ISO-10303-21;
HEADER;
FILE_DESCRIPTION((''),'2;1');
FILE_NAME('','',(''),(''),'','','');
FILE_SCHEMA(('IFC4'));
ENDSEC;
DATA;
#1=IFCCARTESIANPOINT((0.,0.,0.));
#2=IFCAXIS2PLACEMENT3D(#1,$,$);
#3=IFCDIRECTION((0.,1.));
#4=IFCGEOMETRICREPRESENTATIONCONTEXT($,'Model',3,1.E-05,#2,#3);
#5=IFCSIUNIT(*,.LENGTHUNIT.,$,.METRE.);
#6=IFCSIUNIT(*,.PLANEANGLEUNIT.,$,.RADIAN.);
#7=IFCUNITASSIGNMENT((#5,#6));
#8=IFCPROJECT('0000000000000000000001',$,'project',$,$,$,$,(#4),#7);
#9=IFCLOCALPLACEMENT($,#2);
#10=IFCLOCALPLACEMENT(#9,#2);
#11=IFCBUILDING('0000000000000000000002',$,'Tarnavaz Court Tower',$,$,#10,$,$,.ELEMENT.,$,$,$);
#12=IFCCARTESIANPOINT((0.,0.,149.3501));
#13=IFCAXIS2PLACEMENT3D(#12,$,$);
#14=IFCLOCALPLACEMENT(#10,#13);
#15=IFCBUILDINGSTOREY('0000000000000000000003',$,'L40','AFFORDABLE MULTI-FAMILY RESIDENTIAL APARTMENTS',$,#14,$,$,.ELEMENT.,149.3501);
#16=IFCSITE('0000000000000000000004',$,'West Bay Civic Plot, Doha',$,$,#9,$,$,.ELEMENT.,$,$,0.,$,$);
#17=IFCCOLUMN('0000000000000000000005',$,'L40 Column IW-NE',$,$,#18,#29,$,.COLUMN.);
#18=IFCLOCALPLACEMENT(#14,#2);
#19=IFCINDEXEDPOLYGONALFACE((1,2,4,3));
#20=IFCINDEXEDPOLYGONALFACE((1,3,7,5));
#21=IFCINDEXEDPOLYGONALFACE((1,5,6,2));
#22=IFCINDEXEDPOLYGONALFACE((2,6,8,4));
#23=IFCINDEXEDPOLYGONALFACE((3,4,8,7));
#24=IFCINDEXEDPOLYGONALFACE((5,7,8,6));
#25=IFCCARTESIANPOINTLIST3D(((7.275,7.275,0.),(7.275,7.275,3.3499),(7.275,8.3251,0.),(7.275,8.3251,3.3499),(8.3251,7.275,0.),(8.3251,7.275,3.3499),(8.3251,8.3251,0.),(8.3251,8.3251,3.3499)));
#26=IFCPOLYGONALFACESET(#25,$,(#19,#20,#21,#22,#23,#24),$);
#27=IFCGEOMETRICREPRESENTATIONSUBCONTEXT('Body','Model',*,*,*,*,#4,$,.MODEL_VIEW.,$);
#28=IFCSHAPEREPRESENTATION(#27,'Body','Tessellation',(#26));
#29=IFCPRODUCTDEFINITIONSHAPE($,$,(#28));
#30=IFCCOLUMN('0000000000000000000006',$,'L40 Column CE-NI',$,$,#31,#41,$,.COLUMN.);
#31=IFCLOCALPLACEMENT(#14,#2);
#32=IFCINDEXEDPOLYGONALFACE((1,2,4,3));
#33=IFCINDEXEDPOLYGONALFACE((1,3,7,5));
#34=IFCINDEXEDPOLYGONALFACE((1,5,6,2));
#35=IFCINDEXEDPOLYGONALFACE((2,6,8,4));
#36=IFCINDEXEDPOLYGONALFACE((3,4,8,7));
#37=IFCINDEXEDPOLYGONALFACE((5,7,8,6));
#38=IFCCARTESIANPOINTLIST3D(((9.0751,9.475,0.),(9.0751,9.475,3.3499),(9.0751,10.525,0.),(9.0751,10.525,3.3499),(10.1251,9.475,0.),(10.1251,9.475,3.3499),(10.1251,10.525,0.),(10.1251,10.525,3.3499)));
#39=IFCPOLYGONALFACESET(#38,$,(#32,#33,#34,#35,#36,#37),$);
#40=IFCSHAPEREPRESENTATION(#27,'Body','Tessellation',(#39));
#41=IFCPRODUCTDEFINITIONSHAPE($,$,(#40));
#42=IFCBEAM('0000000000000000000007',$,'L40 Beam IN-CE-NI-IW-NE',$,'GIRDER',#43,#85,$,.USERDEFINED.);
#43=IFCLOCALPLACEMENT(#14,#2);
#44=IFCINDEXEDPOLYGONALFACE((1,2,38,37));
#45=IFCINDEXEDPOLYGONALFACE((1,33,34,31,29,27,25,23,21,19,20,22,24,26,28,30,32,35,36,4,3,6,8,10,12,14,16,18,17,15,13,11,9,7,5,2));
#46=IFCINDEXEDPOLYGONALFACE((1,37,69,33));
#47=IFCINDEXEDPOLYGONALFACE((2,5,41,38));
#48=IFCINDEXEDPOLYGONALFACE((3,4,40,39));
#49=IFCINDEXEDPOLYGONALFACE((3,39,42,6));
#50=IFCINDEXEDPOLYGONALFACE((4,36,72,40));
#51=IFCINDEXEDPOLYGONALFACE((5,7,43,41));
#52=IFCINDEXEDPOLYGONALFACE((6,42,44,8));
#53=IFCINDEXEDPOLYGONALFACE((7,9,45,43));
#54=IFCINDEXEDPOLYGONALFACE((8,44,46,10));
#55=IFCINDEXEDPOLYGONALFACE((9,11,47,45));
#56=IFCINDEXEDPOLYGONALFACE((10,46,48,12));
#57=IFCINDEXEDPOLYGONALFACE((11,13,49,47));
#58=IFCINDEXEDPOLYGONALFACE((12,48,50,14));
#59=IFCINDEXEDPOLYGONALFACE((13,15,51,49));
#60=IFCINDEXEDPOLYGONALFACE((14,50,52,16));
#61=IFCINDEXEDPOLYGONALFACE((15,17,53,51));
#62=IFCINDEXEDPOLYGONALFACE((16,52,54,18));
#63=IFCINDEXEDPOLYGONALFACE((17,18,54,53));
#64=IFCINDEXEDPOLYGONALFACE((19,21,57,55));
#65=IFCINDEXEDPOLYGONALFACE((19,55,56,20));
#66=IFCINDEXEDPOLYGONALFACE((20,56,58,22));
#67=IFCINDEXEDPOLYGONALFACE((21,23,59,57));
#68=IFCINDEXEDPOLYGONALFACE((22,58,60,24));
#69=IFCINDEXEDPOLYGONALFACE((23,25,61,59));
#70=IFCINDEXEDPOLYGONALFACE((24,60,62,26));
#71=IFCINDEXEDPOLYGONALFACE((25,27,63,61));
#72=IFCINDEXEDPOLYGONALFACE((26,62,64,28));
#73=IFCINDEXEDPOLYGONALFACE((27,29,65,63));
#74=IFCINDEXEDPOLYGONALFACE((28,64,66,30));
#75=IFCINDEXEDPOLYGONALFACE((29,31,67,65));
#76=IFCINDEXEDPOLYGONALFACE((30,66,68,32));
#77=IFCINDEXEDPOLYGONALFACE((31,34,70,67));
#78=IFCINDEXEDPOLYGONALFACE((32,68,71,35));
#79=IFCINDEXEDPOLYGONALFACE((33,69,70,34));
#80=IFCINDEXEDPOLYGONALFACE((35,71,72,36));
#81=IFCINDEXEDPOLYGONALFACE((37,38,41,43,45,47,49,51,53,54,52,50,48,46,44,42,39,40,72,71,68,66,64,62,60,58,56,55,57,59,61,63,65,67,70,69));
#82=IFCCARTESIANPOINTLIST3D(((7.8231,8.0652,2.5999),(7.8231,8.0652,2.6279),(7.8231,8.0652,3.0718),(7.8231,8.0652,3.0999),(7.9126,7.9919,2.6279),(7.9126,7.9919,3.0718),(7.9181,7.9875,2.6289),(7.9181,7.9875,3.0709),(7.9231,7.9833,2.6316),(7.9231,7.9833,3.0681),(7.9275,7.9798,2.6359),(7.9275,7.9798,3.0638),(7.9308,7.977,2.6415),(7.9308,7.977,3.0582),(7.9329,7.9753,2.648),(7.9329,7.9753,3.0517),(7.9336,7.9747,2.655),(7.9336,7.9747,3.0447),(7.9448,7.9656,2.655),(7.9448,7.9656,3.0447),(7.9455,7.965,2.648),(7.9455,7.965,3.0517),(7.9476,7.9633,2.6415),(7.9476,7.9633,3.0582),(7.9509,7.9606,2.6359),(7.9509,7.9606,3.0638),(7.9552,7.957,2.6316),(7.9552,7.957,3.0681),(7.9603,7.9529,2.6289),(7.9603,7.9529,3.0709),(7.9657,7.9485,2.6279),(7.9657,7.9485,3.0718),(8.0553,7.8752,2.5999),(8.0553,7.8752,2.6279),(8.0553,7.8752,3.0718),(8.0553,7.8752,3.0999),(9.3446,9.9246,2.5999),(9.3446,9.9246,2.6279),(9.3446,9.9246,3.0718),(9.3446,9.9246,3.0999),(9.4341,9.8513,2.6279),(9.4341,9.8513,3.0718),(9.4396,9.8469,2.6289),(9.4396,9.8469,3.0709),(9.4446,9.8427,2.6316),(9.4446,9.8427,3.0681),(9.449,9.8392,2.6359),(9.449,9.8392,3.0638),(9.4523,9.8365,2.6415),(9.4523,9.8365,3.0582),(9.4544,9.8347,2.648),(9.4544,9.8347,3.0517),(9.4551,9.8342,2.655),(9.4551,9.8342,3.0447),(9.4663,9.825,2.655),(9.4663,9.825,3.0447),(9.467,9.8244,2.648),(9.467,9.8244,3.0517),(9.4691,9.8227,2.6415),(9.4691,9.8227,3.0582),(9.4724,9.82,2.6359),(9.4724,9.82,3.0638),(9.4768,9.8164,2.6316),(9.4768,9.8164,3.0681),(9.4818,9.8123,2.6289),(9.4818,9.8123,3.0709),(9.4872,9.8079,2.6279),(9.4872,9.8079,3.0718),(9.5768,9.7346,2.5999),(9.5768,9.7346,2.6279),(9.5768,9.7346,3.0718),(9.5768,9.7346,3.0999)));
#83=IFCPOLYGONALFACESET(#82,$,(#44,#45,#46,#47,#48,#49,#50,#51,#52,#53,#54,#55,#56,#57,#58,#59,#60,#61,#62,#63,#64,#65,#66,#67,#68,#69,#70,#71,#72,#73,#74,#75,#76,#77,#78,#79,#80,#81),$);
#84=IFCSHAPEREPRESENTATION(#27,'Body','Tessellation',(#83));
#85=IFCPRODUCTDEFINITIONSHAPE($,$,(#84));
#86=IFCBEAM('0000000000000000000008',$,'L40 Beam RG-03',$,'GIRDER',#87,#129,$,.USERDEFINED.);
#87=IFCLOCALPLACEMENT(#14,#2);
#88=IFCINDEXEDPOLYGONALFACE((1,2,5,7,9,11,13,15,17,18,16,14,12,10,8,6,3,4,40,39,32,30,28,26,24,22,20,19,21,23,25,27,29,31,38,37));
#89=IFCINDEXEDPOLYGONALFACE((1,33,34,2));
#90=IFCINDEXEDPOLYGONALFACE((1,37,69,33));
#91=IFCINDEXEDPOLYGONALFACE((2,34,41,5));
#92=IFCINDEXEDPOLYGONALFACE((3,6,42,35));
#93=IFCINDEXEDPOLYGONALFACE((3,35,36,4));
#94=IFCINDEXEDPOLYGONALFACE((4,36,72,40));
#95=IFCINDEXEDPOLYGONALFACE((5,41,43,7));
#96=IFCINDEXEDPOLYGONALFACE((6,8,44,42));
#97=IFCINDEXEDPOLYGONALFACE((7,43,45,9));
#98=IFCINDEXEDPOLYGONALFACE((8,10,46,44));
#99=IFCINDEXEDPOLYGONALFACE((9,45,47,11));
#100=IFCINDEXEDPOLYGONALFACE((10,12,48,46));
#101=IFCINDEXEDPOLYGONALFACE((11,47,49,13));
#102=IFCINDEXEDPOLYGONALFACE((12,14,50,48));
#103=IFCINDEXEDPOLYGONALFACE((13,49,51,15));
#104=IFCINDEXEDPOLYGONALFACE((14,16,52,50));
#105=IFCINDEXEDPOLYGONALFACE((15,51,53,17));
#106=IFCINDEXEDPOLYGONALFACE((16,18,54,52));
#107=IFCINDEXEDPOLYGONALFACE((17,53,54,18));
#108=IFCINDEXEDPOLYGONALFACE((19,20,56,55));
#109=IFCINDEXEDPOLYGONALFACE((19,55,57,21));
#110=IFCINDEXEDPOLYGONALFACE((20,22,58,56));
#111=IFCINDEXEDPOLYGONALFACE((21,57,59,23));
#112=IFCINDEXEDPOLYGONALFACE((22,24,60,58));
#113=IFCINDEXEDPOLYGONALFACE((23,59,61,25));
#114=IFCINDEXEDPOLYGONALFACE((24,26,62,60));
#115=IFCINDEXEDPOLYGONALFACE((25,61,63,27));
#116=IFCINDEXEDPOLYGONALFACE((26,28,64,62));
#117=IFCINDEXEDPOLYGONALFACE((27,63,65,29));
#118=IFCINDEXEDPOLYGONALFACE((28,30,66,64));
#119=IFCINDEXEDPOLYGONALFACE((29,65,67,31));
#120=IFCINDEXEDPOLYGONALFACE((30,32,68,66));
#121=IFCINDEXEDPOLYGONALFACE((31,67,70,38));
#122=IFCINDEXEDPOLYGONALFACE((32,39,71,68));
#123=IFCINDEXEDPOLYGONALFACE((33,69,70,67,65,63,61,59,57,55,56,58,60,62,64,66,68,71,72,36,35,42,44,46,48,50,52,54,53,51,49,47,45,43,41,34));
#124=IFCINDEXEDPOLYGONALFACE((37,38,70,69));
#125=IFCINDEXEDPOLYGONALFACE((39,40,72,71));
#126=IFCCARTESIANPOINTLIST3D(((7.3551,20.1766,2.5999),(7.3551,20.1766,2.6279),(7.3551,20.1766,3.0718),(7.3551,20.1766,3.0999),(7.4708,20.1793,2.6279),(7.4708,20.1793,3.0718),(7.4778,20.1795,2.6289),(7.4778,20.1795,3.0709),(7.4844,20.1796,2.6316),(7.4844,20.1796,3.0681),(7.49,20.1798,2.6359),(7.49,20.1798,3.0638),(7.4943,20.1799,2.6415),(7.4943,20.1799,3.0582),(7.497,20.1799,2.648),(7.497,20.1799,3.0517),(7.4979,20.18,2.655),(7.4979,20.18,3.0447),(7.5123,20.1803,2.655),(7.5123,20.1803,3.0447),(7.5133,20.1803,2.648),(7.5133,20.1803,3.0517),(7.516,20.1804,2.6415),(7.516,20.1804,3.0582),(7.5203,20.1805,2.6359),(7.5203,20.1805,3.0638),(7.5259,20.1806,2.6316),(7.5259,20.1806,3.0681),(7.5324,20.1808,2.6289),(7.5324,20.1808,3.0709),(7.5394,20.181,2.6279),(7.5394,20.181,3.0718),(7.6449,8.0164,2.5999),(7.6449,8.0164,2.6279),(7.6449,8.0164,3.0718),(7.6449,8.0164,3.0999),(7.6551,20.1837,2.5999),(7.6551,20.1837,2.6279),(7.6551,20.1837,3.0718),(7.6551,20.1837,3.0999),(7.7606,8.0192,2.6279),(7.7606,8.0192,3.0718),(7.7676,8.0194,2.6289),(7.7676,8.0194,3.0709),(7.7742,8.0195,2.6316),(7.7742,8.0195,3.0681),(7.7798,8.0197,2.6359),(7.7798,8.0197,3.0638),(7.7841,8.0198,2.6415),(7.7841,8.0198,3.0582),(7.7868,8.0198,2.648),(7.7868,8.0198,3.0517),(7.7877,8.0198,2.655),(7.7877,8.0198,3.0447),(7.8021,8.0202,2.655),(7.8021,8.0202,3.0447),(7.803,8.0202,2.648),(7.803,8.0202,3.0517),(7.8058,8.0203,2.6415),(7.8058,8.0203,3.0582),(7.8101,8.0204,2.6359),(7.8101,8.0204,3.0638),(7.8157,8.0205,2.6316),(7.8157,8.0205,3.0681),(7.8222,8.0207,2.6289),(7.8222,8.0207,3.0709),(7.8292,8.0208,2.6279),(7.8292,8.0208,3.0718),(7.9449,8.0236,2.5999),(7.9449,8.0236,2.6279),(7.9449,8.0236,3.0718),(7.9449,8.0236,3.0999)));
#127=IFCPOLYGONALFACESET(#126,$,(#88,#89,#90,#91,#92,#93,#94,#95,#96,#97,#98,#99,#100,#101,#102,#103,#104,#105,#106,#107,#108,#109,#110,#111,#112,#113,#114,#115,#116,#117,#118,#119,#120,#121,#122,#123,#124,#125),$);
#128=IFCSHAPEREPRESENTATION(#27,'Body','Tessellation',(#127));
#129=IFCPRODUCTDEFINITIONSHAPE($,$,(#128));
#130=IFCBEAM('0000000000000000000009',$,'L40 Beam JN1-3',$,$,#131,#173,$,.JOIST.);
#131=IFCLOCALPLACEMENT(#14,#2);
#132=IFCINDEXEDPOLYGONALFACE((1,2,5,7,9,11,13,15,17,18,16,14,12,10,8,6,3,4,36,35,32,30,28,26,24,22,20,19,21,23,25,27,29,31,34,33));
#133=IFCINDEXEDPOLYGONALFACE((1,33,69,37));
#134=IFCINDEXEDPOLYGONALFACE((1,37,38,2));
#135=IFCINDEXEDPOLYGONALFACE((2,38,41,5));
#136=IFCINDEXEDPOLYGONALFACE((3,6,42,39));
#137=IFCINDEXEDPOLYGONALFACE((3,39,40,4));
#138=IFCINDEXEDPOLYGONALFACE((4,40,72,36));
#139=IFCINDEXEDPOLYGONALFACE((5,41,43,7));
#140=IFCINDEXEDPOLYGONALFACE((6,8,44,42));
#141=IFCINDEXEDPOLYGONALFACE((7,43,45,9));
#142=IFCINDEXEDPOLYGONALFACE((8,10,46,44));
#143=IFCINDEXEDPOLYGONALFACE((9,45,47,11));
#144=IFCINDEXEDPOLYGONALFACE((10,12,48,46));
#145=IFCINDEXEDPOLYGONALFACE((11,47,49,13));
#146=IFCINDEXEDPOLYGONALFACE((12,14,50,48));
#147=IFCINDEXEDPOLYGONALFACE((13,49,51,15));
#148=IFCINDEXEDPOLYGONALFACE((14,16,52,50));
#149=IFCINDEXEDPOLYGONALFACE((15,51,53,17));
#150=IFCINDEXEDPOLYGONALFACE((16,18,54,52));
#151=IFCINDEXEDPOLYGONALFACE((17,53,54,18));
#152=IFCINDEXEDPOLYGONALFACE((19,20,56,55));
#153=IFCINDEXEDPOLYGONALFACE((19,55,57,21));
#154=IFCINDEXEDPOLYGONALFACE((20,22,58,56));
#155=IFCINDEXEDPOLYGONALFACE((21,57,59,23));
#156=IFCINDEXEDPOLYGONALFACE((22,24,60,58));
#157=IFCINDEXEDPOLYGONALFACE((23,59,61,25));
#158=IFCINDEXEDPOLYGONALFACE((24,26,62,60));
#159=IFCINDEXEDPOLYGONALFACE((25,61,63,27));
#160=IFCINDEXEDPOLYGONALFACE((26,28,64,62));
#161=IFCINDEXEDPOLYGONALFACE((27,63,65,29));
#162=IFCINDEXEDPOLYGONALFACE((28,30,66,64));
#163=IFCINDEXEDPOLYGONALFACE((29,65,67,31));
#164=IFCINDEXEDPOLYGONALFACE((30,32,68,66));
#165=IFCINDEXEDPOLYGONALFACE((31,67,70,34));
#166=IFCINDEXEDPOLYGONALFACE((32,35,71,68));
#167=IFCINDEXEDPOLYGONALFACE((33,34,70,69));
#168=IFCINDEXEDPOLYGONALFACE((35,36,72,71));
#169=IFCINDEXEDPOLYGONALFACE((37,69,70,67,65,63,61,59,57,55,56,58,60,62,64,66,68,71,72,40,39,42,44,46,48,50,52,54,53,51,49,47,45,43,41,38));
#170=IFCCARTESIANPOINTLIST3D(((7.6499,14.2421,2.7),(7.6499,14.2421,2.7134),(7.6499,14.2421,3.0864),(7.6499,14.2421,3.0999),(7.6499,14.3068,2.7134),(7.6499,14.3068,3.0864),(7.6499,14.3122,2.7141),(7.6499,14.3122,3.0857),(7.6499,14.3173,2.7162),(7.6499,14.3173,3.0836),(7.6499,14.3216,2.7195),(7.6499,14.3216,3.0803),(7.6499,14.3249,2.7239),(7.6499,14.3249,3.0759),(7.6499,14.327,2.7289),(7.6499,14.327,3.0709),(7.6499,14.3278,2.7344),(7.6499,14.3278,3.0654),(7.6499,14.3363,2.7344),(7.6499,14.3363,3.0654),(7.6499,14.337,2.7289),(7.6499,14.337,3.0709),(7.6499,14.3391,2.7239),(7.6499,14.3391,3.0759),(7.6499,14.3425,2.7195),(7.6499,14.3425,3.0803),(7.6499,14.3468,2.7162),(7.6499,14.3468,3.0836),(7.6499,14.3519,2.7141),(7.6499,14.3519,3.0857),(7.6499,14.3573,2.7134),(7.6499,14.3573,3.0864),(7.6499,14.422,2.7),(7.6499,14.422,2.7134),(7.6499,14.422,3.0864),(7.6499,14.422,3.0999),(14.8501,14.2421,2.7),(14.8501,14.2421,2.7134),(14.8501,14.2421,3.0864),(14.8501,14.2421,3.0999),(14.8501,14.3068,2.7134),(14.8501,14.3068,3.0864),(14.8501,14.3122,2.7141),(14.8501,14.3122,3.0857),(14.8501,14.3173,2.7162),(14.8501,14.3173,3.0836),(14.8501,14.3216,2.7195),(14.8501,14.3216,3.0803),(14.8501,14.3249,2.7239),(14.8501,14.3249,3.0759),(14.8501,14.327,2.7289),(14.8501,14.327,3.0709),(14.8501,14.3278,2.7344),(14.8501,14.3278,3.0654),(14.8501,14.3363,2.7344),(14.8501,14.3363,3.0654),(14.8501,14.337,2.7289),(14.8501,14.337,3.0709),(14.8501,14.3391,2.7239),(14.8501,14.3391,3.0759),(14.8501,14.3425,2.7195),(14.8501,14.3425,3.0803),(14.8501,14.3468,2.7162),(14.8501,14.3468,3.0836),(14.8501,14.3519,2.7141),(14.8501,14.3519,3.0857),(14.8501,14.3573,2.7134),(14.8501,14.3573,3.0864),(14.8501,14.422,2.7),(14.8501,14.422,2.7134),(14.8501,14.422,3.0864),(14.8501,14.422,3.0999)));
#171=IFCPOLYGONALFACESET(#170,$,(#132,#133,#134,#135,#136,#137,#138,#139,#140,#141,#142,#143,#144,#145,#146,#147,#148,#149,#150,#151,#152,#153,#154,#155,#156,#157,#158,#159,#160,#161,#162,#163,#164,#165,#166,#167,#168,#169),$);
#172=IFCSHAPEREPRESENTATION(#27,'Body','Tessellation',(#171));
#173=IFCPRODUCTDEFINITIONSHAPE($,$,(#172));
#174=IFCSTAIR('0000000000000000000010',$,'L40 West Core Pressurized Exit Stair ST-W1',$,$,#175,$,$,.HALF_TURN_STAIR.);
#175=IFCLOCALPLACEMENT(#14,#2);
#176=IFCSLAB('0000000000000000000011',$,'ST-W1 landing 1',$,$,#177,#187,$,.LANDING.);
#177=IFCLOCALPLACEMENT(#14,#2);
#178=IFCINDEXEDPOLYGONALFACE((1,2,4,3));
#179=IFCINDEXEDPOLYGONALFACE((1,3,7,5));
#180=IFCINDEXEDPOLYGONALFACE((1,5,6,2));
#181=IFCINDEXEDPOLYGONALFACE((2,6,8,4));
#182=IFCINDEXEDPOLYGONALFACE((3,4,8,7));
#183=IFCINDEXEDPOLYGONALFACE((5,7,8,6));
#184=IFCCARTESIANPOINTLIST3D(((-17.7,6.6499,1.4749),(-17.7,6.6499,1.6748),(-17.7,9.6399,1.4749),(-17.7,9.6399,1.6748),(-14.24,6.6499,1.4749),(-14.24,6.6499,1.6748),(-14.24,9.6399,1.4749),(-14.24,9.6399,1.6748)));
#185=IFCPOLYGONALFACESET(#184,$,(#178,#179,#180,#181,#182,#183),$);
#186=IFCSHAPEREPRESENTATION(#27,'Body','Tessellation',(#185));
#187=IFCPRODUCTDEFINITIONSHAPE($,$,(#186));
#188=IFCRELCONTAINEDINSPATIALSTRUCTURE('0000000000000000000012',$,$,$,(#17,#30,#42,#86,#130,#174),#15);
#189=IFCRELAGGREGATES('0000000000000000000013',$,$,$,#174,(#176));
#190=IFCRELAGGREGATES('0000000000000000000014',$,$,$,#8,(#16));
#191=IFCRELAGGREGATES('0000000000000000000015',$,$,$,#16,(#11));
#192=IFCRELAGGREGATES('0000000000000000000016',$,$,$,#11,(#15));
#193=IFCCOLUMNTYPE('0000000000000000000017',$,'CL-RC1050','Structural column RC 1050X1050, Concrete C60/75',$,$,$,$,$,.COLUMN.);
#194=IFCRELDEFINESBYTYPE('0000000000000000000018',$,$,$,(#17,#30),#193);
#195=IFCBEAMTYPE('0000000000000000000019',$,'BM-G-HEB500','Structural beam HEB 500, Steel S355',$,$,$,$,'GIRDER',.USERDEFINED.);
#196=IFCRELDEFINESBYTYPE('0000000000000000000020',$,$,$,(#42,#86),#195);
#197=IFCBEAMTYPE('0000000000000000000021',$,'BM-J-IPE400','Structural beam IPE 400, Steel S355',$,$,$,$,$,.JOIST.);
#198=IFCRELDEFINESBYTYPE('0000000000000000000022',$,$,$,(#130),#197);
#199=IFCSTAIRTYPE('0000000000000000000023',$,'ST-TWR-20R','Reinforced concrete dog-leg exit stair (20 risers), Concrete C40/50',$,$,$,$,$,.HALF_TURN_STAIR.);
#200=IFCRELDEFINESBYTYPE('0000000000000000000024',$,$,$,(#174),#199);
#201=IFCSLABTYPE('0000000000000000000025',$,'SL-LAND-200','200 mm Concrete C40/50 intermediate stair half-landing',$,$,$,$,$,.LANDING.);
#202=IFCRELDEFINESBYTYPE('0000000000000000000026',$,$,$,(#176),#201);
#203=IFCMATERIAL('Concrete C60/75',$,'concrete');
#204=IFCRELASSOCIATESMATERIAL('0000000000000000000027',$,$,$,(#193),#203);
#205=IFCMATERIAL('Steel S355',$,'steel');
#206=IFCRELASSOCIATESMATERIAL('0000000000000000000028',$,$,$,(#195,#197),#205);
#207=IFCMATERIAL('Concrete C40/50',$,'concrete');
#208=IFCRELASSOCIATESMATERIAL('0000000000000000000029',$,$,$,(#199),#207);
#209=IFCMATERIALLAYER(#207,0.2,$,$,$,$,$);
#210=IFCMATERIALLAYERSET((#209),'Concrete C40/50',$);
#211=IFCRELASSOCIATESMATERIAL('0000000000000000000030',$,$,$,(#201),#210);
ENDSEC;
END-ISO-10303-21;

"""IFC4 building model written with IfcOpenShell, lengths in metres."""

from ifc_helpers import new_model, si_unit, direction, frame, origin, origin_2d, place, context, subcontext, project, spatial, polyline, rectangle, i_section, outline, extrude, material, layer, layer_set, material_profile, profile_set, type_object, element, aggregate, save


model = new_model("IFC4")

# Units and contexts
model_context = context("Model", 3, precision=1e-05, world=origin(), true_north=direction((0.0, 1.0)))
body_context = subcontext(model_context, "Body", "Model", "MODEL_VIEW")
ifc_project = project(units=[si_unit("LENGTHUNIT", "METRE"), si_unit("PLANEANGLEUNIT", "RADIAN")], contexts=[model_context])

# Site, building, storey
site_placement = place(None, origin())
site = spatial("IfcSite", under=ifc_project, at=site_placement, Name="West Bay Civic Plot, Doha", CompositionType="ELEMENT", RefElevation=0.0)
building_placement = place(site_placement, origin())
building = spatial("IfcBuilding", under=site, at=building_placement, Name="Tarnavaz Court Tower", CompositionType="ELEMENT")
storey_placement = place(building_placement, frame((0.0, 0.0, 149.3501)))
storey = spatial("IfcBuildingStorey", under=building, at=storey_placement, Name="L40", Description="AFFORDABLE MULTI-FAMILY RESIDENTIAL APARTMENTS", CompositionType="ELEMENT", Elevation=149.3501)

# Columns
ifc_material_1 = material(Name="Concrete C60/75", Category="concrete")
ifc_material_profile_1 = material_profile(ifc_material_1, rectangle(XDim=1.05, YDim=1.05, at=origin_2d()), Name="RC 1050X1050")
ifc_profile_set_1 = profile_set([ifc_material_profile_1], Name="Concrete C60/75")
column_type = type_object("IfcColumnType", Name="CL-RC1050", Description="Structural column RC 1050X1050, Concrete C60/75", PredefinedType="COLUMN", material=ifc_profile_set_1)
for number, where, z_axis, x_axis, name in (
    (1, (7.8, 7.8, 0.0), (0.0, 0.0, 1.0), (1.0, 0.0, 0.0), "L40 Column IW-NE"),
    (2, (9.6001, 10.0, 0.0), (0.0, 0.0, 1.0), (1.0, 0.0, 0.0), "L40 Column CE-NI"),
):
    element("IfcColumn", number, at=place(storey_placement, frame(where, z_axis=z_axis, x_axis=x_axis)), inside=storey, type_object=column_type, Name=name, PredefinedType="COLUMN", context=body_context, shape_type="SweptSolid", body=[
        extrude(rectangle(XDim=1.05, YDim=1.05, at=origin_2d()), origin(), (0.0, 0.0, 1.0), 3.3499),
    ])

# Beams
ifc_material_2 = material(Name="Steel S355", Category="steel")
ifc_material_profile_2 = material_profile(ifc_material_2, i_section(OverallWidth=0.3, OverallDepth=0.5, WebThickness=0.0144, FlangeThickness=0.0281, FilletRadius=0.0271, at=origin_2d()), Name="HEB 500")
ifc_profile_set_2 = profile_set([ifc_material_profile_2], Name="Steel S355")
beam_type_1 = type_object("IfcBeamType", Name="BM-G-HEB500", Description="Structural beam HEB 500, Steel S355", ElementType="GIRDER", PredefinedType="USERDEFINED", material=ifc_profile_set_2)
beam_1_placement = place(storey_placement, frame((9.4607, 9.8296, 2.8499), z_axis=(-0.633282, -0.773921, 0.0), x_axis=(0.773921, -0.633282, 0.0)))
element("IfcBeam", 3, at=beam_1_placement, inside=storey, type_object=beam_type_1, Name="L40 Beam IN-CE-NI-IW-NE", ObjectType="GIRDER", PredefinedType="USERDEFINED", context=body_context, shape_type="SweptSolid", body=[
    extrude(i_section(OverallWidth=0.3, OverallDepth=0.5, WebThickness=0.0144, FlangeThickness=0.0281, FilletRadius=0.0271, at=origin_2d()), origin(), (0.0, 0.0, 1.0), 2.4026),
])
beam_2_placement = place(storey_placement, frame((7.7949, 8.02, 2.8499), z_axis=(-0.023825, 0.999716, 0.0), x_axis=(-0.999716, -0.023825, 0.0)))
element("IfcBeam", 4, at=beam_2_placement, inside=storey, type_object=beam_type_1, Name="L40 Beam RG-03", ObjectType="GIRDER", PredefinedType="USERDEFINED", context=body_context, shape_type="SweptSolid", body=[
    extrude(i_section(OverallWidth=0.3, OverallDepth=0.5, WebThickness=0.0144, FlangeThickness=0.0281, FilletRadius=0.0271, at=origin_2d()), origin(), (0.0, 0.0, 1.0), 12.1636),
])
ifc_material_profile_3 = material_profile(ifc_material_2, i_section(OverallWidth=0.1799, OverallDepth=0.3999, WebThickness=0.0085, FlangeThickness=0.0134, FilletRadius=0.021, at=origin_2d()), Name="IPE 400")
ifc_profile_set_3 = profile_set([ifc_material_profile_3], Name="Steel S355")
beam_type_2 = type_object("IfcBeamType", Name="BM-J-IPE400", Description="Structural beam IPE 400, Steel S355", PredefinedType="JOIST", material=ifc_profile_set_3)
beam_3_placement = place(storey_placement, frame((7.6499, 14.332, 2.8999), z_axis=(1.0, 0.0, 0.0), x_axis=(0.0, 1.0, 0.0)))
element("IfcBeam", 5, at=beam_3_placement, inside=storey, type_object=beam_type_2, Name="L40 Beam JN1-3", PredefinedType="JOIST", context=body_context, shape_type="SweptSolid", body=[
    extrude(i_section(OverallWidth=0.1799, OverallDepth=0.3999, WebThickness=0.0085, FlangeThickness=0.0134, FilletRadius=0.021, at=origin_2d()), origin(), (0.0, 0.0, 1.0), 7.2002),
])

# Stair, slab
ifc_material_3 = material(Name="Concrete C40/50", Category="concrete")
stair_type = type_object("IfcStairType", Name="ST-TWR-20R", Description="Reinforced concrete dog-leg exit stair (20 risers), Concrete C40/50", PredefinedType="HALF_TURN_STAIR", material=ifc_material_3)
stair_1_placement = place(storey_placement, origin())
stair_1 = element("IfcStair", 6, at=stair_1_placement, inside=storey, type_object=stair_type, Name="L40 West Core Pressurized Exit Stair ST-W1", PredefinedType="HALF_TURN_STAIR")
ifc_layer_1 = layer(ifc_material_3, 0.2)
ifc_layer_set_1 = layer_set([ifc_layer_1], Name="Concrete C40/50")
slab_type_1 = type_object("IfcSlabType", Name="SL-LAND-200", Description="200 mm Concrete C40/50 intermediate stair half-landing", PredefinedType="LANDING", material=ifc_layer_set_1)
slab_1_placement = place(storey_placement, frame((0.0, 0.0, 1.4749)))
slab_1 = element("IfcSlab", 7, at=slab_1_placement, type_object=slab_type_1, Name="ST-W1 landing 1", PredefinedType="LANDING", context=body_context, shape_type="SweptSolid", body=[
    extrude(outline(polyline([(-14.24, 9.6399), (-17.7, 9.6399), (-17.7, 6.6499), (-14.24, 6.6499), (-14.24, 9.6399)])), origin(), (0.0, 0.0, 1.0), 0.2),
])
aggregate(stair_1, [slab_1])

save(model, "model.ifc")
